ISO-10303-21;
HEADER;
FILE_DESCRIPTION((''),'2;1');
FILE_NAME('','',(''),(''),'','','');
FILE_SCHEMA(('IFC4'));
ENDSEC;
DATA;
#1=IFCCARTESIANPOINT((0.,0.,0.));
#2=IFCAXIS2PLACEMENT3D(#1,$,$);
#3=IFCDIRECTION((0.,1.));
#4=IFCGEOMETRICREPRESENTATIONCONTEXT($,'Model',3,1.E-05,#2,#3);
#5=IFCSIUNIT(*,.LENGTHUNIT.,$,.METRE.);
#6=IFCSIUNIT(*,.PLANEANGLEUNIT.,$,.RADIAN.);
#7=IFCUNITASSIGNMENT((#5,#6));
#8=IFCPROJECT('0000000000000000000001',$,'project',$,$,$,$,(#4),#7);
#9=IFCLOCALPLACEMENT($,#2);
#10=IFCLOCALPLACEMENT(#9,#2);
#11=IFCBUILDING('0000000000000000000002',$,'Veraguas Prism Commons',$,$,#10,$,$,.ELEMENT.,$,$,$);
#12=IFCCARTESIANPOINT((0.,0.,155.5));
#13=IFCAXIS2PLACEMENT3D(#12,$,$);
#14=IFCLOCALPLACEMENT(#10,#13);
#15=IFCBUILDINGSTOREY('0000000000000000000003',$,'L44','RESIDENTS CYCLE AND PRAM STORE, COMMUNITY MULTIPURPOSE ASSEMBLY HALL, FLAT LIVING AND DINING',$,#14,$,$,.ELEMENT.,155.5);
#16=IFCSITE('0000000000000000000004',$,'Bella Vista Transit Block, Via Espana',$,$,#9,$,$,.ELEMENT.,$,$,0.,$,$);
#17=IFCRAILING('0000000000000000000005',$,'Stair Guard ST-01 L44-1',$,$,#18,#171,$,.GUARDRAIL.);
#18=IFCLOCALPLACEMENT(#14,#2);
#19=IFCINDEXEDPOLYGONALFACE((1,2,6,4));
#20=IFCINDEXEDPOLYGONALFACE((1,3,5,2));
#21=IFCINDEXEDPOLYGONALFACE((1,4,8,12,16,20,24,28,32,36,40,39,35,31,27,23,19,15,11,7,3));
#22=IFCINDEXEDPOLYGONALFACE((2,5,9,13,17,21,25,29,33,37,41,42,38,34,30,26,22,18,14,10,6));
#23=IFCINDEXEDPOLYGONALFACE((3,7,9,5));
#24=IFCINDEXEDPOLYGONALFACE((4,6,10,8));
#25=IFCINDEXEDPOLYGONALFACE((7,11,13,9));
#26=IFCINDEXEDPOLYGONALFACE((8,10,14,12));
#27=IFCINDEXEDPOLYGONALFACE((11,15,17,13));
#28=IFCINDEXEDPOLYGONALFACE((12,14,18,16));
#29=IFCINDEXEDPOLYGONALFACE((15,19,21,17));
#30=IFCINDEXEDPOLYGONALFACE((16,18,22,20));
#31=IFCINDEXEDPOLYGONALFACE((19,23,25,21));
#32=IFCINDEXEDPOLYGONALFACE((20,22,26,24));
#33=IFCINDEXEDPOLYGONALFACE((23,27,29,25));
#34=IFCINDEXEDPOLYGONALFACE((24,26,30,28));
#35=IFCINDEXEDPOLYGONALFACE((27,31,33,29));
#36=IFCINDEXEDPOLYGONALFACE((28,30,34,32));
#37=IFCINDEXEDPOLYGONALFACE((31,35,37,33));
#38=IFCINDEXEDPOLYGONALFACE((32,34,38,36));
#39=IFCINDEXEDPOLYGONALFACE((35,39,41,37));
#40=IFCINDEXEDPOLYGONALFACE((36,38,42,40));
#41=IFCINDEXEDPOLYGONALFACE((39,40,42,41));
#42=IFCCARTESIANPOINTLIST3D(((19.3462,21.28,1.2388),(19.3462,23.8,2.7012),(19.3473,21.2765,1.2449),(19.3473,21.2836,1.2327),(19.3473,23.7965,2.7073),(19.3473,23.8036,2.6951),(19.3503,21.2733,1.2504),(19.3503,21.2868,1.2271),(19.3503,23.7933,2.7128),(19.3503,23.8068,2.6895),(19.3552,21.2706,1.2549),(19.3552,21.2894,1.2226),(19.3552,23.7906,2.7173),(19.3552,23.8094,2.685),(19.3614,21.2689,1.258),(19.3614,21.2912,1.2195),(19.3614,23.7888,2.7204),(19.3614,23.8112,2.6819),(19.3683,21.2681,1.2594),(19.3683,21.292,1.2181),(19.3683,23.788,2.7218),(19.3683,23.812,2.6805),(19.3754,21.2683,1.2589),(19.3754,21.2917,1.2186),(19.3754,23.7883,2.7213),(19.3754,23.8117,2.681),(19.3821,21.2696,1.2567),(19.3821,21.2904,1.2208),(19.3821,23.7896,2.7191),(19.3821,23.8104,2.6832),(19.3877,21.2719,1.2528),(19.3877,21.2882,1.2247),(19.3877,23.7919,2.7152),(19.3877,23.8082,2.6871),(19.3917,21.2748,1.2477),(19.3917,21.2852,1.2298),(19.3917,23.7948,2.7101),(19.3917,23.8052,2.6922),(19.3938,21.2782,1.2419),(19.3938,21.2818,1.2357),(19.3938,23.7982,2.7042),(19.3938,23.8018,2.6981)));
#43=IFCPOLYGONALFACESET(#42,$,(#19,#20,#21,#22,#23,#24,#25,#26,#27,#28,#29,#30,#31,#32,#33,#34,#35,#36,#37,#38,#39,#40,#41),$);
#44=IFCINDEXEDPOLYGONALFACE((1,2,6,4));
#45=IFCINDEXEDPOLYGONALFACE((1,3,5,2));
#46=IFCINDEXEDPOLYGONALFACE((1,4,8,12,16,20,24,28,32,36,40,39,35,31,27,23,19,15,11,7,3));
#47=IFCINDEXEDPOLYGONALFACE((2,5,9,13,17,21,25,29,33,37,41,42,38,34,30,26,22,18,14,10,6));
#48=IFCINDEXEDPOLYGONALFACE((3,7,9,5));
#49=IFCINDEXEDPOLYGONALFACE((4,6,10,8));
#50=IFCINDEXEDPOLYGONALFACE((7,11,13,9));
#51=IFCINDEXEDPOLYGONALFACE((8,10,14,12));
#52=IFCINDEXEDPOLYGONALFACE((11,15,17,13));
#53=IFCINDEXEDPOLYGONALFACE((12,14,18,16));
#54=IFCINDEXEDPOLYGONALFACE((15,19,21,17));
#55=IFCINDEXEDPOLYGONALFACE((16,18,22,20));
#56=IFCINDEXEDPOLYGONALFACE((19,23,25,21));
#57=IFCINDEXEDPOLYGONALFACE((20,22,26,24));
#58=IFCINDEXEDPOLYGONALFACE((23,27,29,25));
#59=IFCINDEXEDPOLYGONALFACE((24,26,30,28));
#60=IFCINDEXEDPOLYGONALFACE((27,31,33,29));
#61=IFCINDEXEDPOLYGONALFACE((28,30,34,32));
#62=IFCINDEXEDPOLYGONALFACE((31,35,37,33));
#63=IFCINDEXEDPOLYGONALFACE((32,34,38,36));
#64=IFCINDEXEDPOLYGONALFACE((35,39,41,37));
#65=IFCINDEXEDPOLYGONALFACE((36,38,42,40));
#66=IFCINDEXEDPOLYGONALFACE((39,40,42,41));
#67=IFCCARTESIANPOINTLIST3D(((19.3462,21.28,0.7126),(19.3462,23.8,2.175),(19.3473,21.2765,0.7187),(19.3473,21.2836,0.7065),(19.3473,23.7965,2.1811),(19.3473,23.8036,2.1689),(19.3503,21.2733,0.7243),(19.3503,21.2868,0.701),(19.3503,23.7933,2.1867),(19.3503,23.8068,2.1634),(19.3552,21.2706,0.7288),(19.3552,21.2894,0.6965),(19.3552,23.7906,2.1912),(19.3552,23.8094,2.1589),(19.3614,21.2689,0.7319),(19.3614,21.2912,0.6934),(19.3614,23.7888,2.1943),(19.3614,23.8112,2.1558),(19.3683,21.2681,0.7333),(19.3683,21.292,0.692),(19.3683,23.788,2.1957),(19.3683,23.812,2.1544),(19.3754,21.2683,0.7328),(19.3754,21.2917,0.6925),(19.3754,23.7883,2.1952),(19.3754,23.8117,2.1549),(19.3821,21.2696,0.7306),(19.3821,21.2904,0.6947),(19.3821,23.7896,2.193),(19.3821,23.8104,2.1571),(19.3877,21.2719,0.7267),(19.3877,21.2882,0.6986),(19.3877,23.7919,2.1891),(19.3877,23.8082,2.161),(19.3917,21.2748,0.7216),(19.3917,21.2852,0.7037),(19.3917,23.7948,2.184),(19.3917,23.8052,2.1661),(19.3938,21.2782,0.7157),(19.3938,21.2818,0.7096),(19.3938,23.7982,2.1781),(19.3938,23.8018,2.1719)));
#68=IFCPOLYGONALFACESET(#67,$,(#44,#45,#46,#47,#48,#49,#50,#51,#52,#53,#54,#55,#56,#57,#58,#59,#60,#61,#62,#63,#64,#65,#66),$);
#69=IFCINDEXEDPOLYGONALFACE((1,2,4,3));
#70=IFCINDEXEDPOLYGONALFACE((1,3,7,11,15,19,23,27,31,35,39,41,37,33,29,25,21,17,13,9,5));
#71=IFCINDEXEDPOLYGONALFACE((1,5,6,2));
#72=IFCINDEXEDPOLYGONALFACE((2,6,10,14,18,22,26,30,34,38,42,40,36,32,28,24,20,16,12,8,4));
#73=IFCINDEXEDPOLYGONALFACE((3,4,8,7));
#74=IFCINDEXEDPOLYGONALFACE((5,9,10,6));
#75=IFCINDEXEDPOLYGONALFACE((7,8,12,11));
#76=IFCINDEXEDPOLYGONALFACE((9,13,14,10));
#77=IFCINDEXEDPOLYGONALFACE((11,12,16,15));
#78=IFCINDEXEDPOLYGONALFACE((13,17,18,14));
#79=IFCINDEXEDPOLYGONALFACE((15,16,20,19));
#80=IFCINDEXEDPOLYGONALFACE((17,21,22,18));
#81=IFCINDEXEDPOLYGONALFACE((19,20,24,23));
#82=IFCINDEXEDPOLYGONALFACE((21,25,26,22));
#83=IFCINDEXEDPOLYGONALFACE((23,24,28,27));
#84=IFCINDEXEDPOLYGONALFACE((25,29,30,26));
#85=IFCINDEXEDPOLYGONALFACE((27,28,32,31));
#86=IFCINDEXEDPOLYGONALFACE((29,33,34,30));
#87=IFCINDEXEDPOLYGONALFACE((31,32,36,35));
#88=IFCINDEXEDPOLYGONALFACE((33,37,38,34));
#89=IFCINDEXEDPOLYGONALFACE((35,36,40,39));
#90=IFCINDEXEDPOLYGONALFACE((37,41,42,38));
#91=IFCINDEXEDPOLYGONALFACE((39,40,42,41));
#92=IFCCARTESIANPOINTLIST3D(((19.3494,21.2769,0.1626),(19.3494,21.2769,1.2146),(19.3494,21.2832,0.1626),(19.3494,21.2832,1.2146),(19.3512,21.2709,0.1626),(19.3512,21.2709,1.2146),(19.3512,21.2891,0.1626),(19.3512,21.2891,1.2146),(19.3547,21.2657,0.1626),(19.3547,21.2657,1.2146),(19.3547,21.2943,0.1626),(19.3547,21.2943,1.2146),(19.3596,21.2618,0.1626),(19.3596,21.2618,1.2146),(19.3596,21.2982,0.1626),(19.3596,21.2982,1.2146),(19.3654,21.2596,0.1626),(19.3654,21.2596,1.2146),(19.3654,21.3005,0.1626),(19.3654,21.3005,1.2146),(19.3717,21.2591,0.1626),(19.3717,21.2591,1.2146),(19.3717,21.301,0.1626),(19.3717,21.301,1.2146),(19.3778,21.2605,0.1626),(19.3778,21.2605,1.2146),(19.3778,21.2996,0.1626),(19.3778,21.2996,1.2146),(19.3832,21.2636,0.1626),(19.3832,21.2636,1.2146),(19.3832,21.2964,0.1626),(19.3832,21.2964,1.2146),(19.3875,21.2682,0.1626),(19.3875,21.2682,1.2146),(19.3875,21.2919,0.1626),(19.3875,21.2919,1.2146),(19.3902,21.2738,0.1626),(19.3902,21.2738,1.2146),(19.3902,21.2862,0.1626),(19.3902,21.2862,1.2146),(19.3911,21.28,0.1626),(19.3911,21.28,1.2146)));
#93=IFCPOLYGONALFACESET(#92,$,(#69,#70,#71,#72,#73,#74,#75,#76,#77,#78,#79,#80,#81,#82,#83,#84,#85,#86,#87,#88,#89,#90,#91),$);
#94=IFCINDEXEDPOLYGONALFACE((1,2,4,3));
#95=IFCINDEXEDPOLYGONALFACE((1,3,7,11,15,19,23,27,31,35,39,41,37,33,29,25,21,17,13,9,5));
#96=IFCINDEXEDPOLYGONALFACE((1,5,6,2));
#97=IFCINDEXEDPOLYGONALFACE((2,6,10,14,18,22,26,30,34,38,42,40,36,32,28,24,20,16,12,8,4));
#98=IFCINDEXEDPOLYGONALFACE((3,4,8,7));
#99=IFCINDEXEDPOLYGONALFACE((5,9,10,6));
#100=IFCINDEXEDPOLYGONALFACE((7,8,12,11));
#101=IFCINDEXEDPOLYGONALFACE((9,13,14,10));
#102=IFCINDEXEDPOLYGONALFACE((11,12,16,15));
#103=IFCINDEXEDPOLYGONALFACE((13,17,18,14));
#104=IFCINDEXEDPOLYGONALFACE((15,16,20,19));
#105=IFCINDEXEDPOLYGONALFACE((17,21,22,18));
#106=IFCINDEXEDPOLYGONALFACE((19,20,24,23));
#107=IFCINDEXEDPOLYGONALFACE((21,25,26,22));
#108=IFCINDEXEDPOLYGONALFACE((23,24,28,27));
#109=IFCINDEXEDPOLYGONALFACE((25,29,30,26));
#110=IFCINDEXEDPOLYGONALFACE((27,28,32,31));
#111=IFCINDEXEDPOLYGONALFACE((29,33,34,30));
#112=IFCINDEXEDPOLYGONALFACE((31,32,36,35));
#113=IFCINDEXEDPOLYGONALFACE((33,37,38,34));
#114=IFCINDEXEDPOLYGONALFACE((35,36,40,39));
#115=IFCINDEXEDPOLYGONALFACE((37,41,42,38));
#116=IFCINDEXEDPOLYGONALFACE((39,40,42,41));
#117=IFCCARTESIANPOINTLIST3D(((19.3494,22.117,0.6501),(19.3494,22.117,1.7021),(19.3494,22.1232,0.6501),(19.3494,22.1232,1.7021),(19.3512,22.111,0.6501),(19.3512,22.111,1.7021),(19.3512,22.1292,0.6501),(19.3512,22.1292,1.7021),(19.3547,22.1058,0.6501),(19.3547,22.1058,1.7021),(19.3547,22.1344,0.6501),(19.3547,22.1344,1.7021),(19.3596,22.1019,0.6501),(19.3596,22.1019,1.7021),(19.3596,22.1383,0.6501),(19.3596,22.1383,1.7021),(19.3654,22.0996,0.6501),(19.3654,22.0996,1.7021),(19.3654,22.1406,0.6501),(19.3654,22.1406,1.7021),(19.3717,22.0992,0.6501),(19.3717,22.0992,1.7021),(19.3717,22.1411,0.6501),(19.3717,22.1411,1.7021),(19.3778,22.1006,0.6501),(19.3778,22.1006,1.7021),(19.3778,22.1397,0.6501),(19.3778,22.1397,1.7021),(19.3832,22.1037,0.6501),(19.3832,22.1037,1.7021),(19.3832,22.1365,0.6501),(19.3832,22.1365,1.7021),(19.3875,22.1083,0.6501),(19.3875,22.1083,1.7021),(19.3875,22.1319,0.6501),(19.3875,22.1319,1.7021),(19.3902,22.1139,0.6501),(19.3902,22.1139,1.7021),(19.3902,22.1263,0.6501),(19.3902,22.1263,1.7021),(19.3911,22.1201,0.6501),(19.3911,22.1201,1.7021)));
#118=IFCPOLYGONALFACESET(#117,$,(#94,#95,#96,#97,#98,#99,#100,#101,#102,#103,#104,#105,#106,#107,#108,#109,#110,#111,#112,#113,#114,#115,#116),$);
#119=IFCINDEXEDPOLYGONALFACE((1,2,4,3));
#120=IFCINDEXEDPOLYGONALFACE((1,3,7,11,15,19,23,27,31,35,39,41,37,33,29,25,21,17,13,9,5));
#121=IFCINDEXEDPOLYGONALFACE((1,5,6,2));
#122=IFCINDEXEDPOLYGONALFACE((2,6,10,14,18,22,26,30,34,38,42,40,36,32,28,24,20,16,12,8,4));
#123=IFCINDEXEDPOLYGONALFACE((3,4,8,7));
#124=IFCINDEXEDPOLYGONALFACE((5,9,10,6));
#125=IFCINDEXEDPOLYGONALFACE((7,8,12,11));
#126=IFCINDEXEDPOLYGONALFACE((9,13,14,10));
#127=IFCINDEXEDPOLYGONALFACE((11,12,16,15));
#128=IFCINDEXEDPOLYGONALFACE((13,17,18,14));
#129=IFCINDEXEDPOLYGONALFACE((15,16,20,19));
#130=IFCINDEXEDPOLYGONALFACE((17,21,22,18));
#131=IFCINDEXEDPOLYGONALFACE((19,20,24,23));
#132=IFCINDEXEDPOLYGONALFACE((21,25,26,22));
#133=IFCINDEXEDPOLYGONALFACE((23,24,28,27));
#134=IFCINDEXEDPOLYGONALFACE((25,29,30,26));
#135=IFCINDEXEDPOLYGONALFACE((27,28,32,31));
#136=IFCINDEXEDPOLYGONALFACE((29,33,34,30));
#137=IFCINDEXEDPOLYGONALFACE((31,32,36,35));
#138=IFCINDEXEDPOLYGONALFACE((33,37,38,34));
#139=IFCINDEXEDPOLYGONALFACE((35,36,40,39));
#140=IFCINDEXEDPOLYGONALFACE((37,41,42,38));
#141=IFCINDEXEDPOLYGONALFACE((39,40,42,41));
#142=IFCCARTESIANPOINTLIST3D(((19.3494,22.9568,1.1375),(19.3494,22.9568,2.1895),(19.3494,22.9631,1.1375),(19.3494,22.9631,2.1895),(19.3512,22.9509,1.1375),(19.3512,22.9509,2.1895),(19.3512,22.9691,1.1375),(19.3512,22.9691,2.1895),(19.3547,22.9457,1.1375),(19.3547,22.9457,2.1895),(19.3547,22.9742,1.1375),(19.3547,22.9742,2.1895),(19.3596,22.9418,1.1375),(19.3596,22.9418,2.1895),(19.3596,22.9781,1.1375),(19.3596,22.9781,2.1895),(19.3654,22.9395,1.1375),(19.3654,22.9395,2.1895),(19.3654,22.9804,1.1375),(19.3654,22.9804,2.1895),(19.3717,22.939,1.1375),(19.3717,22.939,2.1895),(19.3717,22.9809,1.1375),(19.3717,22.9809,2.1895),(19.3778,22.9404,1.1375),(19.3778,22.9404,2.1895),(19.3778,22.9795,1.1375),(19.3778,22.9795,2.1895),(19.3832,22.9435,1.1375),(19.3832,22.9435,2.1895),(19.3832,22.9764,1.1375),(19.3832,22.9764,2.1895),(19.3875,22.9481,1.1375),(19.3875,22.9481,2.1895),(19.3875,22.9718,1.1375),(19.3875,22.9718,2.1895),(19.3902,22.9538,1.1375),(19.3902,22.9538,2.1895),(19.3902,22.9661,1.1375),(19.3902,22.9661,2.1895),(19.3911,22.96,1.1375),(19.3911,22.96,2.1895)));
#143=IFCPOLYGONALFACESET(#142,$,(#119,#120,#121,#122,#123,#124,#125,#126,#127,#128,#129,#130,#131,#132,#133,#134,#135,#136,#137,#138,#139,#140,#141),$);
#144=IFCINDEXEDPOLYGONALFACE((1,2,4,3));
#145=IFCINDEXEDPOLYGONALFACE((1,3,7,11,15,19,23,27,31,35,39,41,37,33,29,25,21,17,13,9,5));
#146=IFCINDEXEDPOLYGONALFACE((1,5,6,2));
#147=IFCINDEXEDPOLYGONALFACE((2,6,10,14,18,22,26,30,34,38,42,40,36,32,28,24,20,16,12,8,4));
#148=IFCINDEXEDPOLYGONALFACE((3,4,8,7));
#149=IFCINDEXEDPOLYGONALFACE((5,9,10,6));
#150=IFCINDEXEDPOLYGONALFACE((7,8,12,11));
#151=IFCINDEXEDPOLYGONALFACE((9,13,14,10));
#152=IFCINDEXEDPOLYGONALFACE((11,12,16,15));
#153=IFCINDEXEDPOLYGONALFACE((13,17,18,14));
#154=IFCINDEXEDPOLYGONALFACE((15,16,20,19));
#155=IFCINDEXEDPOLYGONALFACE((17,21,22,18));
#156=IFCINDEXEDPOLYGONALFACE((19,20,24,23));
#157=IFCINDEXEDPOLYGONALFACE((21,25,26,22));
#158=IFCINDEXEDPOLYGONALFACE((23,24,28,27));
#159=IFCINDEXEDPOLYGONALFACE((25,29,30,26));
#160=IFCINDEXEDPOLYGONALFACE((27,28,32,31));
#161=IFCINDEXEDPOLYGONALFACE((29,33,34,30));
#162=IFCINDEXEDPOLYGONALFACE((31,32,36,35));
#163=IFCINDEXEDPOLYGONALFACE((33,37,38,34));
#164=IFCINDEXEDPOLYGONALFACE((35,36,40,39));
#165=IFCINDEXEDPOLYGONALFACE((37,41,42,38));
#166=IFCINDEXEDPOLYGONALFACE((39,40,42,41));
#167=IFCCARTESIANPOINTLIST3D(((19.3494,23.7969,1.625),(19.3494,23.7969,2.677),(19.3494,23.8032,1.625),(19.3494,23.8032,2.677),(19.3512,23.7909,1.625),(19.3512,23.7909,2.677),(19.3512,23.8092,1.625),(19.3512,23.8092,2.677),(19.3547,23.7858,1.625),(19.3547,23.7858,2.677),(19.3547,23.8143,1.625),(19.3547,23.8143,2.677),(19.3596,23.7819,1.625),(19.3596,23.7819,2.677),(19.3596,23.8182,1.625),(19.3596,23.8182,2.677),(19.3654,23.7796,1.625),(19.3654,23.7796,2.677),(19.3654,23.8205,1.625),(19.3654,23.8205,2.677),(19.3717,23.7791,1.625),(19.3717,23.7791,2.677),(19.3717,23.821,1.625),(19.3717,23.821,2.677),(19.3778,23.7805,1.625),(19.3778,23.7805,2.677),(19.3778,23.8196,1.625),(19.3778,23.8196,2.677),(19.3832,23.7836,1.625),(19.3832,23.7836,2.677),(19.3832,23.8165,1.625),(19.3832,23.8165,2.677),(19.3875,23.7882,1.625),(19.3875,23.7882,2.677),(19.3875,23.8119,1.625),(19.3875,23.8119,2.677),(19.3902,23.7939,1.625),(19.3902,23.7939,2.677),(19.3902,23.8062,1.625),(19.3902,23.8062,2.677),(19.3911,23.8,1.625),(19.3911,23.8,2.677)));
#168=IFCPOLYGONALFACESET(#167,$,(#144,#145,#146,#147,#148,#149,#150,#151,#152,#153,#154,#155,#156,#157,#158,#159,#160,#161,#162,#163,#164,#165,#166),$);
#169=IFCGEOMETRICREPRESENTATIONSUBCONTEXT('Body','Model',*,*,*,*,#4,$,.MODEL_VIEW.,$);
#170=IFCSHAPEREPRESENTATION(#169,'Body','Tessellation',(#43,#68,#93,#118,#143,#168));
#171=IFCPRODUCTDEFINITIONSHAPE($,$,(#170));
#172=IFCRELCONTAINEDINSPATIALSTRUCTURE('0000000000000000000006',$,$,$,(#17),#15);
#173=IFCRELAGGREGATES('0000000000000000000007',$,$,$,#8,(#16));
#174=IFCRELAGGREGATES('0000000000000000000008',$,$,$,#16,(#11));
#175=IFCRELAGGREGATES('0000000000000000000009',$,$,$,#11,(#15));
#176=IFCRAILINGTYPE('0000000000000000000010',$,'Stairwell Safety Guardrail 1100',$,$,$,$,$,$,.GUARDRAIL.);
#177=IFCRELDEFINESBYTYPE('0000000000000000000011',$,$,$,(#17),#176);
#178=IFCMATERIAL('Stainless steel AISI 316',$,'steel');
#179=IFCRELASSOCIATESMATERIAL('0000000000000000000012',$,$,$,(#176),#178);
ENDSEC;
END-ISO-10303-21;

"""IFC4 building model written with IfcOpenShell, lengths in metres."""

from ifc_helpers import new_model, si_unit, direction, frame, origin, origin_2d, place, context, subcontext, project, spatial, circle, extrude, material, type_object, element, save


model = new_model("IFC4")

# Units and contexts
model_context = context("Model", 3, precision=1e-05, world=origin(), true_north=direction((0.0, 1.0)))
body_context = subcontext(model_context, "Body", "Model", "MODEL_VIEW")
ifc_project = project(units=[si_unit("LENGTHUNIT", "METRE"), si_unit("PLANEANGLEUNIT", "RADIAN")], contexts=[model_context])

# Site, building, storey
site_placement = place(None, origin())
site = spatial("IfcSite", under=ifc_project, at=site_placement, Name="Bella Vista Transit Block, Via Espana", CompositionType="ELEMENT", RefElevation=0.0)
building_placement = place(site_placement, origin())
building = spatial("IfcBuilding", under=site, at=building_placement, Name="Veraguas Prism Commons", CompositionType="ELEMENT")
storey_placement = place(building_placement, frame((0.0, 0.0, 155.5)))
storey = spatial("IfcBuildingStorey", under=building, at=storey_placement, Name="L44", Description="RESIDENTS CYCLE AND PRAM STORE, COMMUNITY MULTIPURPOSE ASSEMBLY HALL, FLAT LIVING AND DINING", CompositionType="ELEMENT", Elevation=155.5)

# Railing
ifc_material_1 = material(Name="Stainless steel AISI 316", Category="steel")
railing_type_1 = type_object("IfcRailingType", Name="Stairwell Safety Guardrail 1100", PredefinedType="GUARDRAIL", material=ifc_material_1)
railing_1_placement = place(storey_placement, frame((19.3701, 21.28, 0.1626)))
element("IfcRailing", 1, at=railing_1_placement, inside=storey, type_object=railing_type_1, Name="Stair Guard ST-01 L44-1", PredefinedType="GUARDRAIL", context=body_context, shape_type="SweptSolid", body=[
    extrude(circle(Radius=0.0239, at=origin_2d()), frame((0.0, 0.0, 1.0762), z_axis=(0.0, 0.864913, 0.501921), x_axis=(-1.0, 0.0, 0.0)), (0.0, 0.0, 1.0), 2.9136),
    extrude(circle(Radius=0.0239, at=origin_2d()), frame((0.0, 0.0, 0.55), z_axis=(0.0, 0.864913, 0.501921), x_axis=(-1.0, 0.0, 0.0)), (0.0, 0.0, 1.0), 2.9136),
    extrude(circle(Radius=0.021, at=origin_2d()), origin(), (0.0, 0.0, 1.0), 1.052),
    extrude(circle(Radius=0.021, at=origin_2d()), frame((0.0, 0.8401, 0.4875)), (0.0, 0.0, 1.0), 1.052),
    extrude(circle(Radius=0.021, at=origin_2d()), frame((0.0, 1.6799, 0.9749)), (0.0, 0.0, 1.0), 1.052),
    extrude(circle(Radius=0.021, at=origin_2d()), frame((0.0, 2.52, 1.4624)), (0.0, 0.0, 1.0), 1.052),
])

save(model, "model.ifc")
